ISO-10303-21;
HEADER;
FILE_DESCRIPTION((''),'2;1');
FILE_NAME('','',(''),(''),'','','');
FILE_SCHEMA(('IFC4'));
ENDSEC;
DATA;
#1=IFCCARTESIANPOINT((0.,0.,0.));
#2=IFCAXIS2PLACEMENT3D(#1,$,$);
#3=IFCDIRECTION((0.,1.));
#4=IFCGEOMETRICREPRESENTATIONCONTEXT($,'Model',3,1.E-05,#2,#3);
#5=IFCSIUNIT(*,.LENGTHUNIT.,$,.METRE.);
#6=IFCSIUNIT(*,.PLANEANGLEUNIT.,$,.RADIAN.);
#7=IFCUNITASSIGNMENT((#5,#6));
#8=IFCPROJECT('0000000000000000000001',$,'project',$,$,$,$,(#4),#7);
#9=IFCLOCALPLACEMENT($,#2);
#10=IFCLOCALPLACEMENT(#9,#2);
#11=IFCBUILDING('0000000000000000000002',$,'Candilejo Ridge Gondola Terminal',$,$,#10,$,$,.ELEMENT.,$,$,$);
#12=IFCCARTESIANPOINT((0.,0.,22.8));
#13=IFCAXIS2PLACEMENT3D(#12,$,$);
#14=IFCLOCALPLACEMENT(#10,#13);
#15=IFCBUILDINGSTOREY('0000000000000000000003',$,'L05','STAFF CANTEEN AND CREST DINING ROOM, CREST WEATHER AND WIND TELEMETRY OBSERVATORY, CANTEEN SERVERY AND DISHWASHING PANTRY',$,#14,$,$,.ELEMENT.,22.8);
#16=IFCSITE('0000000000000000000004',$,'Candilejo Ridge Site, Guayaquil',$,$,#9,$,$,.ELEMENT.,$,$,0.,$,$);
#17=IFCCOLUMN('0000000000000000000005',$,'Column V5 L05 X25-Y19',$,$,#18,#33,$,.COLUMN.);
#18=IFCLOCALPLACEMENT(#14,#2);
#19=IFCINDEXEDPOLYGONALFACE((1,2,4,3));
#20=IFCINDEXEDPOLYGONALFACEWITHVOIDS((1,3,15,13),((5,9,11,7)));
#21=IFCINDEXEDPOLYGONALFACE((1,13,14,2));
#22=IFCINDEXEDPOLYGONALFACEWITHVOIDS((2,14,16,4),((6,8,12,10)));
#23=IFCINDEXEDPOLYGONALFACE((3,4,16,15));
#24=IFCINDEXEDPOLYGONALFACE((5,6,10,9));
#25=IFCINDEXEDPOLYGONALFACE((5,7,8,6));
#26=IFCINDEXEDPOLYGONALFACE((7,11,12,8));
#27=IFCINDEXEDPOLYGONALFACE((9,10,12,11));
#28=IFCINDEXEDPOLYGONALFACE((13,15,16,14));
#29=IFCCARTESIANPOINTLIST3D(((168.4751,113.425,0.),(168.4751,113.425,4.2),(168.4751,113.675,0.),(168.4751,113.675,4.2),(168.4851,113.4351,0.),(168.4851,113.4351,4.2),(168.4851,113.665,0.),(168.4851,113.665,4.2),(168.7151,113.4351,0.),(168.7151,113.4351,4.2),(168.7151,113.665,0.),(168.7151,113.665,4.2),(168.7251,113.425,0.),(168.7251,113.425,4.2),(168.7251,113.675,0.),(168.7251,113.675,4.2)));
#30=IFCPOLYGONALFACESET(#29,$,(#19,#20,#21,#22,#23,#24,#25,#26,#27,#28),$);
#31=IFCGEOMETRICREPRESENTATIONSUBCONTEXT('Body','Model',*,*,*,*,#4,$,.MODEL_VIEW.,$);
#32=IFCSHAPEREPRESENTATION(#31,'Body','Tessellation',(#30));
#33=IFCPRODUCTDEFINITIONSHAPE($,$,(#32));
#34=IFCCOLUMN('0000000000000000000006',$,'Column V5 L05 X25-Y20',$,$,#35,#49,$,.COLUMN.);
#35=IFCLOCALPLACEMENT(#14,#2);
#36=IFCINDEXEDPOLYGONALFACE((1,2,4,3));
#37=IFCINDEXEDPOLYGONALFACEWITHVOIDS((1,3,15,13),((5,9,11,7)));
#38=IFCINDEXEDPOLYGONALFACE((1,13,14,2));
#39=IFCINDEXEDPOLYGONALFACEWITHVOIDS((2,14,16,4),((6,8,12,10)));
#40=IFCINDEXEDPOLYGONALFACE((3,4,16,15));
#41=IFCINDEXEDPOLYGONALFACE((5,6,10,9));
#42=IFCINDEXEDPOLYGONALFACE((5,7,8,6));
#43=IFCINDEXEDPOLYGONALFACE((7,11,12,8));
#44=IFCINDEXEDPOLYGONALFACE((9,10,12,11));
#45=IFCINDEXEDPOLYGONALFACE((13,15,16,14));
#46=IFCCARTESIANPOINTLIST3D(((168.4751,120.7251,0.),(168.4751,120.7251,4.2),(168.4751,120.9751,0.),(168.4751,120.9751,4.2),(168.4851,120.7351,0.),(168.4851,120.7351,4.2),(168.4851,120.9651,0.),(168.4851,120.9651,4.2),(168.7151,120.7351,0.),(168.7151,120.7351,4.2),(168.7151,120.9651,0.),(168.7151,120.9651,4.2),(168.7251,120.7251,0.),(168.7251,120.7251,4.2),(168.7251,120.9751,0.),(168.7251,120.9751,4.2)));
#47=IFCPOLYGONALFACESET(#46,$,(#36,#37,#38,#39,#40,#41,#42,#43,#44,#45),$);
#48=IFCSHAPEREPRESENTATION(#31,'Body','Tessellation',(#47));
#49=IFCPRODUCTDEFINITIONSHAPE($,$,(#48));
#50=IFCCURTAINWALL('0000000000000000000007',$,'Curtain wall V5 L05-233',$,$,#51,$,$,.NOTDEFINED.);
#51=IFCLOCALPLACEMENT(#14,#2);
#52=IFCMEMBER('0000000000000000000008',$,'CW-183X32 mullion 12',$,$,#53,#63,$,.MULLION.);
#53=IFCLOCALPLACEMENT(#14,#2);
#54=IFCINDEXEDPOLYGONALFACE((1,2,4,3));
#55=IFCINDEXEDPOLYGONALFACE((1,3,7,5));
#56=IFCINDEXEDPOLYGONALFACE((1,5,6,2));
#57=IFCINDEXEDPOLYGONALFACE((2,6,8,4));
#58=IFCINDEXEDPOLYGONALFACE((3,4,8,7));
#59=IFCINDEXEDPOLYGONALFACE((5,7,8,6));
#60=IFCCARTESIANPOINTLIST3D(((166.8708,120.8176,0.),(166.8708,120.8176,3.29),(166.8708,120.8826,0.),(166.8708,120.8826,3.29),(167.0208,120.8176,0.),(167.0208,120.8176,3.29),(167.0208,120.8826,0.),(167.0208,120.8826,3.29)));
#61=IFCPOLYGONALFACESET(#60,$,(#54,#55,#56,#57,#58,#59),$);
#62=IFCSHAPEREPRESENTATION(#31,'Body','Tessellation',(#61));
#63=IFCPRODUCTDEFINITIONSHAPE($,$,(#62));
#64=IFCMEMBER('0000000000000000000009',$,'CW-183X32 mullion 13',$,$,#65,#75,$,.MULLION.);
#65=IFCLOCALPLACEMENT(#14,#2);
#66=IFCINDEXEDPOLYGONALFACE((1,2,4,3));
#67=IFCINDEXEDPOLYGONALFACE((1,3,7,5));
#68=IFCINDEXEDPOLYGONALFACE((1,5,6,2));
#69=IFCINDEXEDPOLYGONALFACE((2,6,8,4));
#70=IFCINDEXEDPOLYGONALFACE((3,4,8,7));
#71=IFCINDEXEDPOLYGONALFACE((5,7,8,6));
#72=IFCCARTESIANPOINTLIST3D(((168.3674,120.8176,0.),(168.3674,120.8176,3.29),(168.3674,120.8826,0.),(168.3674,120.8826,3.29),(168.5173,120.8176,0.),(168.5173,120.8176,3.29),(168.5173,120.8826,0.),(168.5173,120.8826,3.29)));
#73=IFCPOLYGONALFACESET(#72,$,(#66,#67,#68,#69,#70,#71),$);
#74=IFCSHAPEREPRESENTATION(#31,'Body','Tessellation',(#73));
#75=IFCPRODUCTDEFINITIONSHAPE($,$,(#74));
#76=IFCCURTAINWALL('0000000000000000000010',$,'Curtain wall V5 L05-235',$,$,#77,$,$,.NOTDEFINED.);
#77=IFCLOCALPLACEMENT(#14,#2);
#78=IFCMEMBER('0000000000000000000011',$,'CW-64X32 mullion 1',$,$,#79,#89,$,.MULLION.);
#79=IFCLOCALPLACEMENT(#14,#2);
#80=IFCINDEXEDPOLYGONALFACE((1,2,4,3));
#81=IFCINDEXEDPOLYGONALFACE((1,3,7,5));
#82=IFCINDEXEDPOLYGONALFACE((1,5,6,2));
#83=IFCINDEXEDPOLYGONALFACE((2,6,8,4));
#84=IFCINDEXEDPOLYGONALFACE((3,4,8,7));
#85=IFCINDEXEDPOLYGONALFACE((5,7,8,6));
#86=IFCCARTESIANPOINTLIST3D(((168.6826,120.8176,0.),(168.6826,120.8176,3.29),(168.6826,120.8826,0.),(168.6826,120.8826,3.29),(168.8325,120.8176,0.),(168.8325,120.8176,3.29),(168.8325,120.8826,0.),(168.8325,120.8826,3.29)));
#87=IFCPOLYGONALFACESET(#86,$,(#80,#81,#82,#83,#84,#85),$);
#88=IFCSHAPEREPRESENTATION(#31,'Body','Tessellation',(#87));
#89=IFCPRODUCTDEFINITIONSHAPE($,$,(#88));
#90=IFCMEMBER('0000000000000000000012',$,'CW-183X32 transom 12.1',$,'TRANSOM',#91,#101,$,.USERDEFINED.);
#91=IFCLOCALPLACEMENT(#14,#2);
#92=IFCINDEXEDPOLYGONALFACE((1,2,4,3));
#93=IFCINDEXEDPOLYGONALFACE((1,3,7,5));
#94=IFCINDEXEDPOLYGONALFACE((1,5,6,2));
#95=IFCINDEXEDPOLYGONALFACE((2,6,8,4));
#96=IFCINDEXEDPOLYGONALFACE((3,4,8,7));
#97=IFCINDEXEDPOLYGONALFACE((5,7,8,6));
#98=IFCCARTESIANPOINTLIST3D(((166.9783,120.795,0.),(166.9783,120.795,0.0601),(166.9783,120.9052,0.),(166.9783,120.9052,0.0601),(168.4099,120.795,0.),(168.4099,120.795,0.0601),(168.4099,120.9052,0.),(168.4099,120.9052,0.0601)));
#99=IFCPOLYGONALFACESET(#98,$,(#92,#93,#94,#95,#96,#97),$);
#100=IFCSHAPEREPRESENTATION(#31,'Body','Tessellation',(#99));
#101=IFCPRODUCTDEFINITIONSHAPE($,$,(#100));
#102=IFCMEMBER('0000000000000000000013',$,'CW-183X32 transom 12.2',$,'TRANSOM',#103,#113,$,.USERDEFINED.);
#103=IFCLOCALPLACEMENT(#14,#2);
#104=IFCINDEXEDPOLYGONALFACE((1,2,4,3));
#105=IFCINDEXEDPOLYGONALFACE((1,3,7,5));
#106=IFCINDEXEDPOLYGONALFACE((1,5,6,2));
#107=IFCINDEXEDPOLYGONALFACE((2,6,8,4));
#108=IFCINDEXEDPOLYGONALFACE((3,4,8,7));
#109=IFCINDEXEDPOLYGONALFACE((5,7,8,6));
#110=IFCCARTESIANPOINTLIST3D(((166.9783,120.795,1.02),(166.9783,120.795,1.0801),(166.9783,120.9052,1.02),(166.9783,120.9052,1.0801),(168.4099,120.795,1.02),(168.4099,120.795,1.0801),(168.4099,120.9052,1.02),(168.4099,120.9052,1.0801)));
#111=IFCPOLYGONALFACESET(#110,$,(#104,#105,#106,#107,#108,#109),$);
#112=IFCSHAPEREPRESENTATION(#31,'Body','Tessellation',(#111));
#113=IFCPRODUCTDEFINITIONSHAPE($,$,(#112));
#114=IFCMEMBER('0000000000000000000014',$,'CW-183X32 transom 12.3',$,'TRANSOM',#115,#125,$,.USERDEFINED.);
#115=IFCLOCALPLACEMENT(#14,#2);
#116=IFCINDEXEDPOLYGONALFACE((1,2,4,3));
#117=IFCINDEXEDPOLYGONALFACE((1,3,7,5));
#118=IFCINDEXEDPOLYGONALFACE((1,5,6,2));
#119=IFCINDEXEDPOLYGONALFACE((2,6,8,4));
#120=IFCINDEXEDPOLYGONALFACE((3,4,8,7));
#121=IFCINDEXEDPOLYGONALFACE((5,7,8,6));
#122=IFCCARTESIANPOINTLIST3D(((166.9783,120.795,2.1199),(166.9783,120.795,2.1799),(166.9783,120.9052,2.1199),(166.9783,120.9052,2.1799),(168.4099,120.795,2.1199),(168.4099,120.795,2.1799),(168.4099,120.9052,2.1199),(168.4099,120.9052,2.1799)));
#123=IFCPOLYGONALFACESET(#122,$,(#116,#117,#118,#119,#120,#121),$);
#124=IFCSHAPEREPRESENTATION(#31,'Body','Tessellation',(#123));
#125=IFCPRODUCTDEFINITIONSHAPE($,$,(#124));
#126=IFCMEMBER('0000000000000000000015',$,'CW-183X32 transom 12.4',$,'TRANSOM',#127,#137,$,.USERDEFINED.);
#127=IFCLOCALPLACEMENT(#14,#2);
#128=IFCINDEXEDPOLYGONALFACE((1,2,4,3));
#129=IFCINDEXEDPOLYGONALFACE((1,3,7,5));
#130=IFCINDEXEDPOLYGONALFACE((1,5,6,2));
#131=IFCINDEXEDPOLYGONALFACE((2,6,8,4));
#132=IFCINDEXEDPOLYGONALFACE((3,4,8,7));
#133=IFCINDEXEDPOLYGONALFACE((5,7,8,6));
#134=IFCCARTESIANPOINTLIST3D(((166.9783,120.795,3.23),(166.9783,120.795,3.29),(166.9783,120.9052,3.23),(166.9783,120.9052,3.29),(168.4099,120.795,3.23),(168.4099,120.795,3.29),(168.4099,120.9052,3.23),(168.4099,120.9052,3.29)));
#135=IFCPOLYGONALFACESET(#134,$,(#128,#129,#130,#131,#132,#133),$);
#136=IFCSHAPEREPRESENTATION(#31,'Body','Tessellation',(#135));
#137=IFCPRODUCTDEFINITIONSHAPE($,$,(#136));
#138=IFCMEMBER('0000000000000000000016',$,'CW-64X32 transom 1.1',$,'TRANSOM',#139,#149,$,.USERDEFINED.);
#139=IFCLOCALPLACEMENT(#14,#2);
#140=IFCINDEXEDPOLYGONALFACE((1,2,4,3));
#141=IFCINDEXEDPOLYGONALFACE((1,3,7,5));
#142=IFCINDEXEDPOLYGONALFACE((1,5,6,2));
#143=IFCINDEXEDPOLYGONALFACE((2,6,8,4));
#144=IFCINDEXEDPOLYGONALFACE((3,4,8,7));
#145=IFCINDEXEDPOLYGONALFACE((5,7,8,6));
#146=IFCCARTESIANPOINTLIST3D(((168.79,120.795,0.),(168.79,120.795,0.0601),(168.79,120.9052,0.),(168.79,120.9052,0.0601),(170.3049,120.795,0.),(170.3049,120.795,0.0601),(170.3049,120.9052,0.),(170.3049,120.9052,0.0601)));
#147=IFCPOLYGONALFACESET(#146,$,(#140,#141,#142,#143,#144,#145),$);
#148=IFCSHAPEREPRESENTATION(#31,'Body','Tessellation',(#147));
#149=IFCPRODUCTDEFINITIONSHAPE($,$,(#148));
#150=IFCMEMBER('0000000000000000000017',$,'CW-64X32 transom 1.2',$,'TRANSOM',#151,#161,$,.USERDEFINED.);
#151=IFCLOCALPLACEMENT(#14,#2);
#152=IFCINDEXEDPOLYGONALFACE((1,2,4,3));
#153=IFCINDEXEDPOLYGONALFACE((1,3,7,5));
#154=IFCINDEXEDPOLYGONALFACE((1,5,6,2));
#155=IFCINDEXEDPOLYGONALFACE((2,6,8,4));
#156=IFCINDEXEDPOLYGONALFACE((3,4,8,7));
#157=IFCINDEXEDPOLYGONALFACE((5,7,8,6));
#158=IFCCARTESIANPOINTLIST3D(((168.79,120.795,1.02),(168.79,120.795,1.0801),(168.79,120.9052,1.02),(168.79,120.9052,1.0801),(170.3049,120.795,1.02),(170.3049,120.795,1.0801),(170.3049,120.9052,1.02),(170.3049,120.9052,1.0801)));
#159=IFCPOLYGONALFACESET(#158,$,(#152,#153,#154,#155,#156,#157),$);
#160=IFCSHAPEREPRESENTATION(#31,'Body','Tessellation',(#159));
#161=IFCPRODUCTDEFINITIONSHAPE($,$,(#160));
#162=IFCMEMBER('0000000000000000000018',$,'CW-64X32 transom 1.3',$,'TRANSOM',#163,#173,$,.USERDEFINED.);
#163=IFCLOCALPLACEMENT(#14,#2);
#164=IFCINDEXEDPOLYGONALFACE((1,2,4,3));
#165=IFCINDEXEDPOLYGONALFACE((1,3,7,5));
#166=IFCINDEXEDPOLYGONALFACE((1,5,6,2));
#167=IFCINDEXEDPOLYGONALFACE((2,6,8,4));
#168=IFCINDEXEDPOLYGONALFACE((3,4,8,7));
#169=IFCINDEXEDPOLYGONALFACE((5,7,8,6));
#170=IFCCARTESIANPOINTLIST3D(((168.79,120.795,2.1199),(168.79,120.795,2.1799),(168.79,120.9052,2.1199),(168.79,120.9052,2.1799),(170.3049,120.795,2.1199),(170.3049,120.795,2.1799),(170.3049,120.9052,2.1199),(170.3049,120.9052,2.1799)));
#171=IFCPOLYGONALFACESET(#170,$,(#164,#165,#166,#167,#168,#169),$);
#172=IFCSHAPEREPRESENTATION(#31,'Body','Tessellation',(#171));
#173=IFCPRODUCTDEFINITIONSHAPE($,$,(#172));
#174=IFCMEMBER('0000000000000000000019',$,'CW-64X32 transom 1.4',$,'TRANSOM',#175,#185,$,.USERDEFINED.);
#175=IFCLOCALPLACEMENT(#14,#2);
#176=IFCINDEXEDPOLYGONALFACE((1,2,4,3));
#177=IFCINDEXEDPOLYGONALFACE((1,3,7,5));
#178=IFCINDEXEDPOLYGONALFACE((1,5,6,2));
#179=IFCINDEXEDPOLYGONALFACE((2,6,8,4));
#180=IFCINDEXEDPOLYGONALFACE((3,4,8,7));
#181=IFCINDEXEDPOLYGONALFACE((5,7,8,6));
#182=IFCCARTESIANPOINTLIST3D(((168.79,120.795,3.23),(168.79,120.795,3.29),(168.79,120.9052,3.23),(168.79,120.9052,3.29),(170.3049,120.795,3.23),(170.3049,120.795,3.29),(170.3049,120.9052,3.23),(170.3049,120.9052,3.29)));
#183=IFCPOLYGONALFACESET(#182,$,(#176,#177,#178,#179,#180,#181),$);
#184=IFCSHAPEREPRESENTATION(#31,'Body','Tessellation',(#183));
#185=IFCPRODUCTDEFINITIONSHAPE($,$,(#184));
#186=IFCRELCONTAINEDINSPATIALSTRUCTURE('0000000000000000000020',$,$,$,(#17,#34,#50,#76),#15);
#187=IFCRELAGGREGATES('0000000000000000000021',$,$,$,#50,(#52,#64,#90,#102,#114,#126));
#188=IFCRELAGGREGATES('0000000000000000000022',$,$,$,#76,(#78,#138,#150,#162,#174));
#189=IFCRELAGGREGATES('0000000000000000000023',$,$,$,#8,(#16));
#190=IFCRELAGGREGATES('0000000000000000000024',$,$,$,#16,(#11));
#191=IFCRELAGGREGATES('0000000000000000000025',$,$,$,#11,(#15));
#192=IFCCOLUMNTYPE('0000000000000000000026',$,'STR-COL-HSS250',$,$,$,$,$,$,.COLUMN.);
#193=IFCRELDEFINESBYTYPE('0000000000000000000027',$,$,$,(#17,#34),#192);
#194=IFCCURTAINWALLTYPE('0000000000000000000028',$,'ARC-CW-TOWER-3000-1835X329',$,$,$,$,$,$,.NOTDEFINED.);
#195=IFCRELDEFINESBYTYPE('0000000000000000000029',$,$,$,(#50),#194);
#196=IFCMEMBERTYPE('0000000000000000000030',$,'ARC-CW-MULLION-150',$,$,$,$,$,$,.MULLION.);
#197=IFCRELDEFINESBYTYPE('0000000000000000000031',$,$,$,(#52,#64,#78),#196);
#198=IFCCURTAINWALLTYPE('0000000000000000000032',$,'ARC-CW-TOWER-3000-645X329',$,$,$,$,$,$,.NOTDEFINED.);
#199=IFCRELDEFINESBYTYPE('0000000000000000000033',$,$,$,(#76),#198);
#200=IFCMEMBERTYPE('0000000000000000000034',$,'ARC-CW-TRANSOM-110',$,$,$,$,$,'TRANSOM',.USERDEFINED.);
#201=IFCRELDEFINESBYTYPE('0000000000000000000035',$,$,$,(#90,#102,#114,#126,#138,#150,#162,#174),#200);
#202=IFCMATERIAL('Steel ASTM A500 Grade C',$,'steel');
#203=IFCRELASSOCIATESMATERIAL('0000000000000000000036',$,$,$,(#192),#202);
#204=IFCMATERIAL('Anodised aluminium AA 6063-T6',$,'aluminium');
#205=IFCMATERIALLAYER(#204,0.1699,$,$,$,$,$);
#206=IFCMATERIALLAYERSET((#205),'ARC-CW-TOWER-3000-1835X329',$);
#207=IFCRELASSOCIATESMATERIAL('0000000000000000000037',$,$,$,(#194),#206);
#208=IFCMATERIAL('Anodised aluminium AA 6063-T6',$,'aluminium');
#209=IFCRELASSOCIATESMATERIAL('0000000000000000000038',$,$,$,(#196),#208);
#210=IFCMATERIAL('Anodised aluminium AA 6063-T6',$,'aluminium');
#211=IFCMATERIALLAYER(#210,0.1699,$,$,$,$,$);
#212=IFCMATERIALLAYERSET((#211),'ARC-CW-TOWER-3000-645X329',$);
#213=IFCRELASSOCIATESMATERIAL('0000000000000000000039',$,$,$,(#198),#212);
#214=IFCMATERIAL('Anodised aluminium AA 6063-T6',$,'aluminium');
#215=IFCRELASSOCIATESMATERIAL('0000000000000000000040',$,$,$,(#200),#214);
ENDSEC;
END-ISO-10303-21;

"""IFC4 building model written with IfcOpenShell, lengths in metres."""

from ifc_helpers import new_model, si_unit, direction, frame, origin, origin_2d, place, context, subcontext, project, spatial, rectangle, hollow_rectangle, extrude, material, layer, layer_set, material_profile, profile_set, type_object, element, aggregate, save


model = new_model("IFC4")

# Units and contexts
model_context = context("Model", 3, precision=1e-05, world=origin(), true_north=direction((0.0, 1.0)))
body_context = subcontext(model_context, "Body", "Model", "MODEL_VIEW")
ifc_project = project(units=[si_unit("LENGTHUNIT", "METRE"), si_unit("PLANEANGLEUNIT", "RADIAN")], contexts=[model_context])

# Site, building, storey
site_placement = place(None, origin())
site = spatial("IfcSite", under=ifc_project, at=site_placement, Name="Candilejo Ridge Site, Guayaquil", CompositionType="ELEMENT", RefElevation=0.0)
building_placement = place(site_placement, origin())
building = spatial("IfcBuilding", under=site, at=building_placement, Name="Candilejo Ridge Gondola Terminal", CompositionType="ELEMENT")
storey_placement = place(building_placement, frame((0.0, 0.0, 22.8)))
storey = spatial("IfcBuildingStorey", under=building, at=storey_placement, Name="L05", Description="STAFF CANTEEN AND CREST DINING ROOM, CREST WEATHER AND WIND TELEMETRY OBSERVATORY, CANTEEN SERVERY AND DISHWASHING PANTRY", CompositionType="ELEMENT", Elevation=22.8)

# Columns
ifc_material_1 = material(Name="Steel ASTM A500 Grade C", Category="steel")
ifc_material_profile_1 = material_profile(ifc_material_1, hollow_rectangle(XDim=0.25, YDim=0.25, WallThickness=0.01, at=origin_2d()))
ifc_profile_set_1 = profile_set([ifc_material_profile_1], Name="Steel ASTM A500 Grade C")
column_type = type_object("IfcColumnType", Name="STR-COL-HSS250", PredefinedType="COLUMN", material=ifc_profile_set_1)
for number, where, z_axis, x_axis, name in (
    (1, (168.6001, 113.55, 0.0), (0.0, 0.0, 1.0), (1.0, 0.0, 0.0), "Column V5 L05 X25-Y19"),
    (2, (168.6001, 120.8501, 0.0), (0.0, 0.0, 1.0), (1.0, 0.0, 0.0), "Column V5 L05 X25-Y20"),
):
    element("IfcColumn", number, at=place(storey_placement, frame(where, z_axis=z_axis, x_axis=x_axis)), inside=storey, type_object=column_type, Name=name, PredefinedType="COLUMN", context=body_context, shape_type="SweptSolid", body=[
        extrude(hollow_rectangle(XDim=0.25, YDim=0.25, WallThickness=0.01, at=origin_2d()), origin(), (0.0, 0.0, 1.0), 4.2),
    ])

# Curtain wall, members
ifc_material_2 = material(Name="Anodised aluminium AA 6063-T6", Category="aluminium")
ifc_layer_1 = layer(ifc_material_2, 0.1699)
ifc_layer_set_1 = layer_set([ifc_layer_1], Name="ARC-CW-TOWER-3000-1835X329")
curtain_wall_type_1 = type_object("IfcCurtainWallType", Name="ARC-CW-TOWER-3000-1835X329", PredefinedType="NOTDEFINED", material=ifc_layer_set_1)
curtain_wall_1_placement = place(storey_placement, origin())
curtain_wall_1 = element("IfcCurtainWall", 3, at=curtain_wall_1_placement, inside=storey, type_object=curtain_wall_type_1, Name="Curtain wall V5 L05-233", PredefinedType="NOTDEFINED")
ifc_material_3 = material(Name="Anodised aluminium AA 6063-T6", Category="aluminium")
ifc_material_profile_2 = material_profile(ifc_material_3, rectangle(XDim=0.0649, YDim=0.1499, at=origin_2d()))
ifc_profile_set_2 = profile_set([ifc_material_profile_2], Name="Anodised aluminium AA 6063-T6")
member_type_1 = type_object("IfcMemberType", Name="ARC-CW-MULLION-150", PredefinedType="MULLION", material=ifc_profile_set_2)
member_1_placement = place(storey_placement, frame((166.9458, 120.8501, 0.0), z_axis=(0.0, 0.0, 1.0), x_axis=(0.0, 1.0, 0.0)))
member_1 = element("IfcMember", 4, at=member_1_placement, type_object=member_type_1, Name="CW-183X32 mullion 12", PredefinedType="MULLION", context=body_context, shape_type="SweptSolid", body=[
    extrude(rectangle(XDim=0.0649, YDim=0.1499, at=origin_2d()), origin(), (0.0, 0.0, 1.0), 3.29),
])
member_2_placement = place(storey_placement, frame((168.4424, 120.8501, 0.0), z_axis=(0.0, 0.0, 1.0), x_axis=(0.0, 1.0, 0.0)))
member_2 = element("IfcMember", 5, at=member_2_placement, type_object=member_type_1, Name="CW-183X32 mullion 13", PredefinedType="MULLION", context=body_context, shape_type="SweptSolid", body=[
    extrude(rectangle(XDim=0.0649, YDim=0.1499, at=origin_2d()), origin(), (0.0, 0.0, 1.0), 3.29),
])

# Curtain wall, member
ifc_material_4 = material(Name="Anodised aluminium AA 6063-T6", Category="aluminium")
ifc_layer_2 = layer(ifc_material_4, 0.1699)
ifc_layer_set_2 = layer_set([ifc_layer_2], Name="ARC-CW-TOWER-3000-645X329")
curtain_wall_type_2 = type_object("IfcCurtainWallType", Name="ARC-CW-TOWER-3000-645X329", PredefinedType="NOTDEFINED", material=ifc_layer_set_2)
curtain_wall_2_placement = place(storey_placement, origin())
curtain_wall_2 = element("IfcCurtainWall", 6, at=curtain_wall_2_placement, inside=storey, type_object=curtain_wall_type_2, Name="Curtain wall V5 L05-235", PredefinedType="NOTDEFINED")
member_3_placement = place(storey_placement, frame((168.7576, 120.8501, 0.0), z_axis=(0.0, 0.0, 1.0), x_axis=(0.0, 1.0, 0.0)))
member_3 = element("IfcMember", 7, at=member_3_placement, type_object=member_type_1, Name="CW-64X32 mullion 1", PredefinedType="MULLION", context=body_context, shape_type="SweptSolid", body=[
    extrude(rectangle(XDim=0.0649, YDim=0.1499, at=origin_2d()), origin(), (0.0, 0.0, 1.0), 3.29),
])

# Members
ifc_material_5 = material(Name="Anodised aluminium AA 6063-T6", Category="aluminium")
ifc_material_profile_3 = material_profile(ifc_material_5, rectangle(XDim=0.1101, YDim=0.0601, at=origin_2d()))
ifc_profile_set_3 = profile_set([ifc_material_profile_3], Name="Anodised aluminium AA 6063-T6")
member_type_2 = type_object("IfcMemberType", Name="ARC-CW-TRANSOM-110", ElementType="TRANSOM", PredefinedType="USERDEFINED", material=ifc_profile_set_3)
member_4_placement = place(storey_placement, frame((166.9783, 120.8501, 0.03), z_axis=(1.0, 0.0, 0.0), x_axis=(0.0, 1.0, 0.0)))
member_4 = element("IfcMember", 8, at=member_4_placement, type_object=member_type_2, Name="CW-183X32 transom 12.1", ObjectType="TRANSOM", PredefinedType="USERDEFINED", context=body_context, shape_type="SweptSolid", body=[
    extrude(rectangle(XDim=0.1101, YDim=0.0601, at=origin_2d()), origin(), (0.0, 0.0, 1.0), 1.4316),
])
member_5_placement = place(storey_placement, frame((166.9783, 120.8501, 1.05), z_axis=(1.0, 0.0, 0.0), x_axis=(0.0, 1.0, 0.0)))
member_5 = element("IfcMember", 9, at=member_5_placement, type_object=member_type_2, Name="CW-183X32 transom 12.2", ObjectType="TRANSOM", PredefinedType="USERDEFINED", context=body_context, shape_type="SweptSolid", body=[
    extrude(rectangle(XDim=0.1101, YDim=0.0601, at=origin_2d()), origin(), (0.0, 0.0, 1.0), 1.4316),
])
member_6_placement = place(storey_placement, frame((166.9783, 120.8501, 2.1499), z_axis=(1.0, 0.0, 0.0), x_axis=(0.0, 1.0, 0.0)))
member_6 = element("IfcMember", 10, at=member_6_placement, type_object=member_type_2, Name="CW-183X32 transom 12.3", ObjectType="TRANSOM", PredefinedType="USERDEFINED", context=body_context, shape_type="SweptSolid", body=[
    extrude(rectangle(XDim=0.1101, YDim=0.0601, at=origin_2d()), origin(), (0.0, 0.0, 1.0), 1.4316),
])
member_7_placement = place(storey_placement, frame((166.9783, 120.8501, 3.26), z_axis=(1.0, 0.0, 0.0), x_axis=(0.0, 1.0, 0.0)))
member_7 = element("IfcMember", 11, at=member_7_placement, type_object=member_type_2, Name="CW-183X32 transom 12.4", ObjectType="TRANSOM", PredefinedType="USERDEFINED", context=body_context, shape_type="SweptSolid", body=[
    extrude(rectangle(XDim=0.1101, YDim=0.0601, at=origin_2d()), origin(), (0.0, 0.0, 1.0), 1.4316),
])
member_8_placement = place(storey_placement, frame((168.79, 120.8501, 0.03), z_axis=(1.0, 0.0, 0.0), x_axis=(0.0, 1.0, 0.0)))
member_8 = element("IfcMember", 12, at=member_8_placement, type_object=member_type_2, Name="CW-64X32 transom 1.1", ObjectType="TRANSOM", PredefinedType="USERDEFINED", context=body_context, shape_type="SweptSolid", body=[
    extrude(rectangle(XDim=0.1101, YDim=0.0601, at=origin_2d()), origin(), (0.0, 0.0, 1.0), 1.5149),
])
member_9_placement = place(storey_placement, frame((168.79, 120.8501, 1.05), z_axis=(1.0, 0.0, 0.0), x_axis=(0.0, 1.0, 0.0)))
member_9 = element("IfcMember", 13, at=member_9_placement, type_object=member_type_2, Name="CW-64X32 transom 1.2", ObjectType="TRANSOM", PredefinedType="USERDEFINED", context=body_context, shape_type="SweptSolid", body=[
    extrude(rectangle(XDim=0.1101, YDim=0.0601, at=origin_2d()), origin(), (0.0, 0.0, 1.0), 1.5149),
])
member_10_placement = place(storey_placement, frame((168.79, 120.8501, 2.1499), z_axis=(1.0, 0.0, 0.0), x_axis=(0.0, 1.0, 0.0)))
member_10 = element("IfcMember", 14, at=member_10_placement, type_object=member_type_2, Name="CW-64X32 transom 1.3", ObjectType="TRANSOM", PredefinedType="USERDEFINED", context=body_context, shape_type="SweptSolid", body=[
    extrude(rectangle(XDim=0.1101, YDim=0.0601, at=origin_2d()), origin(), (0.0, 0.0, 1.0), 1.5149),
])
member_11_placement = place(storey_placement, frame((168.79, 120.8501, 3.26), z_axis=(1.0, 0.0, 0.0), x_axis=(0.0, 1.0, 0.0)))
member_11 = element("IfcMember", 15, at=member_11_placement, type_object=member_type_2, Name="CW-64X32 transom 1.4", ObjectType="TRANSOM", PredefinedType="USERDEFINED", context=body_context, shape_type="SweptSolid", body=[
    extrude(rectangle(XDim=0.1101, YDim=0.0601, at=origin_2d()), origin(), (0.0, 0.0, 1.0), 1.5149),
])

aggregate(curtain_wall_1, [member_1, member_2, member_4, member_5, member_6, member_7])
aggregate(curtain_wall_2, [member_3, member_8, member_9, member_10, member_11])

save(model, "model.ifc")
